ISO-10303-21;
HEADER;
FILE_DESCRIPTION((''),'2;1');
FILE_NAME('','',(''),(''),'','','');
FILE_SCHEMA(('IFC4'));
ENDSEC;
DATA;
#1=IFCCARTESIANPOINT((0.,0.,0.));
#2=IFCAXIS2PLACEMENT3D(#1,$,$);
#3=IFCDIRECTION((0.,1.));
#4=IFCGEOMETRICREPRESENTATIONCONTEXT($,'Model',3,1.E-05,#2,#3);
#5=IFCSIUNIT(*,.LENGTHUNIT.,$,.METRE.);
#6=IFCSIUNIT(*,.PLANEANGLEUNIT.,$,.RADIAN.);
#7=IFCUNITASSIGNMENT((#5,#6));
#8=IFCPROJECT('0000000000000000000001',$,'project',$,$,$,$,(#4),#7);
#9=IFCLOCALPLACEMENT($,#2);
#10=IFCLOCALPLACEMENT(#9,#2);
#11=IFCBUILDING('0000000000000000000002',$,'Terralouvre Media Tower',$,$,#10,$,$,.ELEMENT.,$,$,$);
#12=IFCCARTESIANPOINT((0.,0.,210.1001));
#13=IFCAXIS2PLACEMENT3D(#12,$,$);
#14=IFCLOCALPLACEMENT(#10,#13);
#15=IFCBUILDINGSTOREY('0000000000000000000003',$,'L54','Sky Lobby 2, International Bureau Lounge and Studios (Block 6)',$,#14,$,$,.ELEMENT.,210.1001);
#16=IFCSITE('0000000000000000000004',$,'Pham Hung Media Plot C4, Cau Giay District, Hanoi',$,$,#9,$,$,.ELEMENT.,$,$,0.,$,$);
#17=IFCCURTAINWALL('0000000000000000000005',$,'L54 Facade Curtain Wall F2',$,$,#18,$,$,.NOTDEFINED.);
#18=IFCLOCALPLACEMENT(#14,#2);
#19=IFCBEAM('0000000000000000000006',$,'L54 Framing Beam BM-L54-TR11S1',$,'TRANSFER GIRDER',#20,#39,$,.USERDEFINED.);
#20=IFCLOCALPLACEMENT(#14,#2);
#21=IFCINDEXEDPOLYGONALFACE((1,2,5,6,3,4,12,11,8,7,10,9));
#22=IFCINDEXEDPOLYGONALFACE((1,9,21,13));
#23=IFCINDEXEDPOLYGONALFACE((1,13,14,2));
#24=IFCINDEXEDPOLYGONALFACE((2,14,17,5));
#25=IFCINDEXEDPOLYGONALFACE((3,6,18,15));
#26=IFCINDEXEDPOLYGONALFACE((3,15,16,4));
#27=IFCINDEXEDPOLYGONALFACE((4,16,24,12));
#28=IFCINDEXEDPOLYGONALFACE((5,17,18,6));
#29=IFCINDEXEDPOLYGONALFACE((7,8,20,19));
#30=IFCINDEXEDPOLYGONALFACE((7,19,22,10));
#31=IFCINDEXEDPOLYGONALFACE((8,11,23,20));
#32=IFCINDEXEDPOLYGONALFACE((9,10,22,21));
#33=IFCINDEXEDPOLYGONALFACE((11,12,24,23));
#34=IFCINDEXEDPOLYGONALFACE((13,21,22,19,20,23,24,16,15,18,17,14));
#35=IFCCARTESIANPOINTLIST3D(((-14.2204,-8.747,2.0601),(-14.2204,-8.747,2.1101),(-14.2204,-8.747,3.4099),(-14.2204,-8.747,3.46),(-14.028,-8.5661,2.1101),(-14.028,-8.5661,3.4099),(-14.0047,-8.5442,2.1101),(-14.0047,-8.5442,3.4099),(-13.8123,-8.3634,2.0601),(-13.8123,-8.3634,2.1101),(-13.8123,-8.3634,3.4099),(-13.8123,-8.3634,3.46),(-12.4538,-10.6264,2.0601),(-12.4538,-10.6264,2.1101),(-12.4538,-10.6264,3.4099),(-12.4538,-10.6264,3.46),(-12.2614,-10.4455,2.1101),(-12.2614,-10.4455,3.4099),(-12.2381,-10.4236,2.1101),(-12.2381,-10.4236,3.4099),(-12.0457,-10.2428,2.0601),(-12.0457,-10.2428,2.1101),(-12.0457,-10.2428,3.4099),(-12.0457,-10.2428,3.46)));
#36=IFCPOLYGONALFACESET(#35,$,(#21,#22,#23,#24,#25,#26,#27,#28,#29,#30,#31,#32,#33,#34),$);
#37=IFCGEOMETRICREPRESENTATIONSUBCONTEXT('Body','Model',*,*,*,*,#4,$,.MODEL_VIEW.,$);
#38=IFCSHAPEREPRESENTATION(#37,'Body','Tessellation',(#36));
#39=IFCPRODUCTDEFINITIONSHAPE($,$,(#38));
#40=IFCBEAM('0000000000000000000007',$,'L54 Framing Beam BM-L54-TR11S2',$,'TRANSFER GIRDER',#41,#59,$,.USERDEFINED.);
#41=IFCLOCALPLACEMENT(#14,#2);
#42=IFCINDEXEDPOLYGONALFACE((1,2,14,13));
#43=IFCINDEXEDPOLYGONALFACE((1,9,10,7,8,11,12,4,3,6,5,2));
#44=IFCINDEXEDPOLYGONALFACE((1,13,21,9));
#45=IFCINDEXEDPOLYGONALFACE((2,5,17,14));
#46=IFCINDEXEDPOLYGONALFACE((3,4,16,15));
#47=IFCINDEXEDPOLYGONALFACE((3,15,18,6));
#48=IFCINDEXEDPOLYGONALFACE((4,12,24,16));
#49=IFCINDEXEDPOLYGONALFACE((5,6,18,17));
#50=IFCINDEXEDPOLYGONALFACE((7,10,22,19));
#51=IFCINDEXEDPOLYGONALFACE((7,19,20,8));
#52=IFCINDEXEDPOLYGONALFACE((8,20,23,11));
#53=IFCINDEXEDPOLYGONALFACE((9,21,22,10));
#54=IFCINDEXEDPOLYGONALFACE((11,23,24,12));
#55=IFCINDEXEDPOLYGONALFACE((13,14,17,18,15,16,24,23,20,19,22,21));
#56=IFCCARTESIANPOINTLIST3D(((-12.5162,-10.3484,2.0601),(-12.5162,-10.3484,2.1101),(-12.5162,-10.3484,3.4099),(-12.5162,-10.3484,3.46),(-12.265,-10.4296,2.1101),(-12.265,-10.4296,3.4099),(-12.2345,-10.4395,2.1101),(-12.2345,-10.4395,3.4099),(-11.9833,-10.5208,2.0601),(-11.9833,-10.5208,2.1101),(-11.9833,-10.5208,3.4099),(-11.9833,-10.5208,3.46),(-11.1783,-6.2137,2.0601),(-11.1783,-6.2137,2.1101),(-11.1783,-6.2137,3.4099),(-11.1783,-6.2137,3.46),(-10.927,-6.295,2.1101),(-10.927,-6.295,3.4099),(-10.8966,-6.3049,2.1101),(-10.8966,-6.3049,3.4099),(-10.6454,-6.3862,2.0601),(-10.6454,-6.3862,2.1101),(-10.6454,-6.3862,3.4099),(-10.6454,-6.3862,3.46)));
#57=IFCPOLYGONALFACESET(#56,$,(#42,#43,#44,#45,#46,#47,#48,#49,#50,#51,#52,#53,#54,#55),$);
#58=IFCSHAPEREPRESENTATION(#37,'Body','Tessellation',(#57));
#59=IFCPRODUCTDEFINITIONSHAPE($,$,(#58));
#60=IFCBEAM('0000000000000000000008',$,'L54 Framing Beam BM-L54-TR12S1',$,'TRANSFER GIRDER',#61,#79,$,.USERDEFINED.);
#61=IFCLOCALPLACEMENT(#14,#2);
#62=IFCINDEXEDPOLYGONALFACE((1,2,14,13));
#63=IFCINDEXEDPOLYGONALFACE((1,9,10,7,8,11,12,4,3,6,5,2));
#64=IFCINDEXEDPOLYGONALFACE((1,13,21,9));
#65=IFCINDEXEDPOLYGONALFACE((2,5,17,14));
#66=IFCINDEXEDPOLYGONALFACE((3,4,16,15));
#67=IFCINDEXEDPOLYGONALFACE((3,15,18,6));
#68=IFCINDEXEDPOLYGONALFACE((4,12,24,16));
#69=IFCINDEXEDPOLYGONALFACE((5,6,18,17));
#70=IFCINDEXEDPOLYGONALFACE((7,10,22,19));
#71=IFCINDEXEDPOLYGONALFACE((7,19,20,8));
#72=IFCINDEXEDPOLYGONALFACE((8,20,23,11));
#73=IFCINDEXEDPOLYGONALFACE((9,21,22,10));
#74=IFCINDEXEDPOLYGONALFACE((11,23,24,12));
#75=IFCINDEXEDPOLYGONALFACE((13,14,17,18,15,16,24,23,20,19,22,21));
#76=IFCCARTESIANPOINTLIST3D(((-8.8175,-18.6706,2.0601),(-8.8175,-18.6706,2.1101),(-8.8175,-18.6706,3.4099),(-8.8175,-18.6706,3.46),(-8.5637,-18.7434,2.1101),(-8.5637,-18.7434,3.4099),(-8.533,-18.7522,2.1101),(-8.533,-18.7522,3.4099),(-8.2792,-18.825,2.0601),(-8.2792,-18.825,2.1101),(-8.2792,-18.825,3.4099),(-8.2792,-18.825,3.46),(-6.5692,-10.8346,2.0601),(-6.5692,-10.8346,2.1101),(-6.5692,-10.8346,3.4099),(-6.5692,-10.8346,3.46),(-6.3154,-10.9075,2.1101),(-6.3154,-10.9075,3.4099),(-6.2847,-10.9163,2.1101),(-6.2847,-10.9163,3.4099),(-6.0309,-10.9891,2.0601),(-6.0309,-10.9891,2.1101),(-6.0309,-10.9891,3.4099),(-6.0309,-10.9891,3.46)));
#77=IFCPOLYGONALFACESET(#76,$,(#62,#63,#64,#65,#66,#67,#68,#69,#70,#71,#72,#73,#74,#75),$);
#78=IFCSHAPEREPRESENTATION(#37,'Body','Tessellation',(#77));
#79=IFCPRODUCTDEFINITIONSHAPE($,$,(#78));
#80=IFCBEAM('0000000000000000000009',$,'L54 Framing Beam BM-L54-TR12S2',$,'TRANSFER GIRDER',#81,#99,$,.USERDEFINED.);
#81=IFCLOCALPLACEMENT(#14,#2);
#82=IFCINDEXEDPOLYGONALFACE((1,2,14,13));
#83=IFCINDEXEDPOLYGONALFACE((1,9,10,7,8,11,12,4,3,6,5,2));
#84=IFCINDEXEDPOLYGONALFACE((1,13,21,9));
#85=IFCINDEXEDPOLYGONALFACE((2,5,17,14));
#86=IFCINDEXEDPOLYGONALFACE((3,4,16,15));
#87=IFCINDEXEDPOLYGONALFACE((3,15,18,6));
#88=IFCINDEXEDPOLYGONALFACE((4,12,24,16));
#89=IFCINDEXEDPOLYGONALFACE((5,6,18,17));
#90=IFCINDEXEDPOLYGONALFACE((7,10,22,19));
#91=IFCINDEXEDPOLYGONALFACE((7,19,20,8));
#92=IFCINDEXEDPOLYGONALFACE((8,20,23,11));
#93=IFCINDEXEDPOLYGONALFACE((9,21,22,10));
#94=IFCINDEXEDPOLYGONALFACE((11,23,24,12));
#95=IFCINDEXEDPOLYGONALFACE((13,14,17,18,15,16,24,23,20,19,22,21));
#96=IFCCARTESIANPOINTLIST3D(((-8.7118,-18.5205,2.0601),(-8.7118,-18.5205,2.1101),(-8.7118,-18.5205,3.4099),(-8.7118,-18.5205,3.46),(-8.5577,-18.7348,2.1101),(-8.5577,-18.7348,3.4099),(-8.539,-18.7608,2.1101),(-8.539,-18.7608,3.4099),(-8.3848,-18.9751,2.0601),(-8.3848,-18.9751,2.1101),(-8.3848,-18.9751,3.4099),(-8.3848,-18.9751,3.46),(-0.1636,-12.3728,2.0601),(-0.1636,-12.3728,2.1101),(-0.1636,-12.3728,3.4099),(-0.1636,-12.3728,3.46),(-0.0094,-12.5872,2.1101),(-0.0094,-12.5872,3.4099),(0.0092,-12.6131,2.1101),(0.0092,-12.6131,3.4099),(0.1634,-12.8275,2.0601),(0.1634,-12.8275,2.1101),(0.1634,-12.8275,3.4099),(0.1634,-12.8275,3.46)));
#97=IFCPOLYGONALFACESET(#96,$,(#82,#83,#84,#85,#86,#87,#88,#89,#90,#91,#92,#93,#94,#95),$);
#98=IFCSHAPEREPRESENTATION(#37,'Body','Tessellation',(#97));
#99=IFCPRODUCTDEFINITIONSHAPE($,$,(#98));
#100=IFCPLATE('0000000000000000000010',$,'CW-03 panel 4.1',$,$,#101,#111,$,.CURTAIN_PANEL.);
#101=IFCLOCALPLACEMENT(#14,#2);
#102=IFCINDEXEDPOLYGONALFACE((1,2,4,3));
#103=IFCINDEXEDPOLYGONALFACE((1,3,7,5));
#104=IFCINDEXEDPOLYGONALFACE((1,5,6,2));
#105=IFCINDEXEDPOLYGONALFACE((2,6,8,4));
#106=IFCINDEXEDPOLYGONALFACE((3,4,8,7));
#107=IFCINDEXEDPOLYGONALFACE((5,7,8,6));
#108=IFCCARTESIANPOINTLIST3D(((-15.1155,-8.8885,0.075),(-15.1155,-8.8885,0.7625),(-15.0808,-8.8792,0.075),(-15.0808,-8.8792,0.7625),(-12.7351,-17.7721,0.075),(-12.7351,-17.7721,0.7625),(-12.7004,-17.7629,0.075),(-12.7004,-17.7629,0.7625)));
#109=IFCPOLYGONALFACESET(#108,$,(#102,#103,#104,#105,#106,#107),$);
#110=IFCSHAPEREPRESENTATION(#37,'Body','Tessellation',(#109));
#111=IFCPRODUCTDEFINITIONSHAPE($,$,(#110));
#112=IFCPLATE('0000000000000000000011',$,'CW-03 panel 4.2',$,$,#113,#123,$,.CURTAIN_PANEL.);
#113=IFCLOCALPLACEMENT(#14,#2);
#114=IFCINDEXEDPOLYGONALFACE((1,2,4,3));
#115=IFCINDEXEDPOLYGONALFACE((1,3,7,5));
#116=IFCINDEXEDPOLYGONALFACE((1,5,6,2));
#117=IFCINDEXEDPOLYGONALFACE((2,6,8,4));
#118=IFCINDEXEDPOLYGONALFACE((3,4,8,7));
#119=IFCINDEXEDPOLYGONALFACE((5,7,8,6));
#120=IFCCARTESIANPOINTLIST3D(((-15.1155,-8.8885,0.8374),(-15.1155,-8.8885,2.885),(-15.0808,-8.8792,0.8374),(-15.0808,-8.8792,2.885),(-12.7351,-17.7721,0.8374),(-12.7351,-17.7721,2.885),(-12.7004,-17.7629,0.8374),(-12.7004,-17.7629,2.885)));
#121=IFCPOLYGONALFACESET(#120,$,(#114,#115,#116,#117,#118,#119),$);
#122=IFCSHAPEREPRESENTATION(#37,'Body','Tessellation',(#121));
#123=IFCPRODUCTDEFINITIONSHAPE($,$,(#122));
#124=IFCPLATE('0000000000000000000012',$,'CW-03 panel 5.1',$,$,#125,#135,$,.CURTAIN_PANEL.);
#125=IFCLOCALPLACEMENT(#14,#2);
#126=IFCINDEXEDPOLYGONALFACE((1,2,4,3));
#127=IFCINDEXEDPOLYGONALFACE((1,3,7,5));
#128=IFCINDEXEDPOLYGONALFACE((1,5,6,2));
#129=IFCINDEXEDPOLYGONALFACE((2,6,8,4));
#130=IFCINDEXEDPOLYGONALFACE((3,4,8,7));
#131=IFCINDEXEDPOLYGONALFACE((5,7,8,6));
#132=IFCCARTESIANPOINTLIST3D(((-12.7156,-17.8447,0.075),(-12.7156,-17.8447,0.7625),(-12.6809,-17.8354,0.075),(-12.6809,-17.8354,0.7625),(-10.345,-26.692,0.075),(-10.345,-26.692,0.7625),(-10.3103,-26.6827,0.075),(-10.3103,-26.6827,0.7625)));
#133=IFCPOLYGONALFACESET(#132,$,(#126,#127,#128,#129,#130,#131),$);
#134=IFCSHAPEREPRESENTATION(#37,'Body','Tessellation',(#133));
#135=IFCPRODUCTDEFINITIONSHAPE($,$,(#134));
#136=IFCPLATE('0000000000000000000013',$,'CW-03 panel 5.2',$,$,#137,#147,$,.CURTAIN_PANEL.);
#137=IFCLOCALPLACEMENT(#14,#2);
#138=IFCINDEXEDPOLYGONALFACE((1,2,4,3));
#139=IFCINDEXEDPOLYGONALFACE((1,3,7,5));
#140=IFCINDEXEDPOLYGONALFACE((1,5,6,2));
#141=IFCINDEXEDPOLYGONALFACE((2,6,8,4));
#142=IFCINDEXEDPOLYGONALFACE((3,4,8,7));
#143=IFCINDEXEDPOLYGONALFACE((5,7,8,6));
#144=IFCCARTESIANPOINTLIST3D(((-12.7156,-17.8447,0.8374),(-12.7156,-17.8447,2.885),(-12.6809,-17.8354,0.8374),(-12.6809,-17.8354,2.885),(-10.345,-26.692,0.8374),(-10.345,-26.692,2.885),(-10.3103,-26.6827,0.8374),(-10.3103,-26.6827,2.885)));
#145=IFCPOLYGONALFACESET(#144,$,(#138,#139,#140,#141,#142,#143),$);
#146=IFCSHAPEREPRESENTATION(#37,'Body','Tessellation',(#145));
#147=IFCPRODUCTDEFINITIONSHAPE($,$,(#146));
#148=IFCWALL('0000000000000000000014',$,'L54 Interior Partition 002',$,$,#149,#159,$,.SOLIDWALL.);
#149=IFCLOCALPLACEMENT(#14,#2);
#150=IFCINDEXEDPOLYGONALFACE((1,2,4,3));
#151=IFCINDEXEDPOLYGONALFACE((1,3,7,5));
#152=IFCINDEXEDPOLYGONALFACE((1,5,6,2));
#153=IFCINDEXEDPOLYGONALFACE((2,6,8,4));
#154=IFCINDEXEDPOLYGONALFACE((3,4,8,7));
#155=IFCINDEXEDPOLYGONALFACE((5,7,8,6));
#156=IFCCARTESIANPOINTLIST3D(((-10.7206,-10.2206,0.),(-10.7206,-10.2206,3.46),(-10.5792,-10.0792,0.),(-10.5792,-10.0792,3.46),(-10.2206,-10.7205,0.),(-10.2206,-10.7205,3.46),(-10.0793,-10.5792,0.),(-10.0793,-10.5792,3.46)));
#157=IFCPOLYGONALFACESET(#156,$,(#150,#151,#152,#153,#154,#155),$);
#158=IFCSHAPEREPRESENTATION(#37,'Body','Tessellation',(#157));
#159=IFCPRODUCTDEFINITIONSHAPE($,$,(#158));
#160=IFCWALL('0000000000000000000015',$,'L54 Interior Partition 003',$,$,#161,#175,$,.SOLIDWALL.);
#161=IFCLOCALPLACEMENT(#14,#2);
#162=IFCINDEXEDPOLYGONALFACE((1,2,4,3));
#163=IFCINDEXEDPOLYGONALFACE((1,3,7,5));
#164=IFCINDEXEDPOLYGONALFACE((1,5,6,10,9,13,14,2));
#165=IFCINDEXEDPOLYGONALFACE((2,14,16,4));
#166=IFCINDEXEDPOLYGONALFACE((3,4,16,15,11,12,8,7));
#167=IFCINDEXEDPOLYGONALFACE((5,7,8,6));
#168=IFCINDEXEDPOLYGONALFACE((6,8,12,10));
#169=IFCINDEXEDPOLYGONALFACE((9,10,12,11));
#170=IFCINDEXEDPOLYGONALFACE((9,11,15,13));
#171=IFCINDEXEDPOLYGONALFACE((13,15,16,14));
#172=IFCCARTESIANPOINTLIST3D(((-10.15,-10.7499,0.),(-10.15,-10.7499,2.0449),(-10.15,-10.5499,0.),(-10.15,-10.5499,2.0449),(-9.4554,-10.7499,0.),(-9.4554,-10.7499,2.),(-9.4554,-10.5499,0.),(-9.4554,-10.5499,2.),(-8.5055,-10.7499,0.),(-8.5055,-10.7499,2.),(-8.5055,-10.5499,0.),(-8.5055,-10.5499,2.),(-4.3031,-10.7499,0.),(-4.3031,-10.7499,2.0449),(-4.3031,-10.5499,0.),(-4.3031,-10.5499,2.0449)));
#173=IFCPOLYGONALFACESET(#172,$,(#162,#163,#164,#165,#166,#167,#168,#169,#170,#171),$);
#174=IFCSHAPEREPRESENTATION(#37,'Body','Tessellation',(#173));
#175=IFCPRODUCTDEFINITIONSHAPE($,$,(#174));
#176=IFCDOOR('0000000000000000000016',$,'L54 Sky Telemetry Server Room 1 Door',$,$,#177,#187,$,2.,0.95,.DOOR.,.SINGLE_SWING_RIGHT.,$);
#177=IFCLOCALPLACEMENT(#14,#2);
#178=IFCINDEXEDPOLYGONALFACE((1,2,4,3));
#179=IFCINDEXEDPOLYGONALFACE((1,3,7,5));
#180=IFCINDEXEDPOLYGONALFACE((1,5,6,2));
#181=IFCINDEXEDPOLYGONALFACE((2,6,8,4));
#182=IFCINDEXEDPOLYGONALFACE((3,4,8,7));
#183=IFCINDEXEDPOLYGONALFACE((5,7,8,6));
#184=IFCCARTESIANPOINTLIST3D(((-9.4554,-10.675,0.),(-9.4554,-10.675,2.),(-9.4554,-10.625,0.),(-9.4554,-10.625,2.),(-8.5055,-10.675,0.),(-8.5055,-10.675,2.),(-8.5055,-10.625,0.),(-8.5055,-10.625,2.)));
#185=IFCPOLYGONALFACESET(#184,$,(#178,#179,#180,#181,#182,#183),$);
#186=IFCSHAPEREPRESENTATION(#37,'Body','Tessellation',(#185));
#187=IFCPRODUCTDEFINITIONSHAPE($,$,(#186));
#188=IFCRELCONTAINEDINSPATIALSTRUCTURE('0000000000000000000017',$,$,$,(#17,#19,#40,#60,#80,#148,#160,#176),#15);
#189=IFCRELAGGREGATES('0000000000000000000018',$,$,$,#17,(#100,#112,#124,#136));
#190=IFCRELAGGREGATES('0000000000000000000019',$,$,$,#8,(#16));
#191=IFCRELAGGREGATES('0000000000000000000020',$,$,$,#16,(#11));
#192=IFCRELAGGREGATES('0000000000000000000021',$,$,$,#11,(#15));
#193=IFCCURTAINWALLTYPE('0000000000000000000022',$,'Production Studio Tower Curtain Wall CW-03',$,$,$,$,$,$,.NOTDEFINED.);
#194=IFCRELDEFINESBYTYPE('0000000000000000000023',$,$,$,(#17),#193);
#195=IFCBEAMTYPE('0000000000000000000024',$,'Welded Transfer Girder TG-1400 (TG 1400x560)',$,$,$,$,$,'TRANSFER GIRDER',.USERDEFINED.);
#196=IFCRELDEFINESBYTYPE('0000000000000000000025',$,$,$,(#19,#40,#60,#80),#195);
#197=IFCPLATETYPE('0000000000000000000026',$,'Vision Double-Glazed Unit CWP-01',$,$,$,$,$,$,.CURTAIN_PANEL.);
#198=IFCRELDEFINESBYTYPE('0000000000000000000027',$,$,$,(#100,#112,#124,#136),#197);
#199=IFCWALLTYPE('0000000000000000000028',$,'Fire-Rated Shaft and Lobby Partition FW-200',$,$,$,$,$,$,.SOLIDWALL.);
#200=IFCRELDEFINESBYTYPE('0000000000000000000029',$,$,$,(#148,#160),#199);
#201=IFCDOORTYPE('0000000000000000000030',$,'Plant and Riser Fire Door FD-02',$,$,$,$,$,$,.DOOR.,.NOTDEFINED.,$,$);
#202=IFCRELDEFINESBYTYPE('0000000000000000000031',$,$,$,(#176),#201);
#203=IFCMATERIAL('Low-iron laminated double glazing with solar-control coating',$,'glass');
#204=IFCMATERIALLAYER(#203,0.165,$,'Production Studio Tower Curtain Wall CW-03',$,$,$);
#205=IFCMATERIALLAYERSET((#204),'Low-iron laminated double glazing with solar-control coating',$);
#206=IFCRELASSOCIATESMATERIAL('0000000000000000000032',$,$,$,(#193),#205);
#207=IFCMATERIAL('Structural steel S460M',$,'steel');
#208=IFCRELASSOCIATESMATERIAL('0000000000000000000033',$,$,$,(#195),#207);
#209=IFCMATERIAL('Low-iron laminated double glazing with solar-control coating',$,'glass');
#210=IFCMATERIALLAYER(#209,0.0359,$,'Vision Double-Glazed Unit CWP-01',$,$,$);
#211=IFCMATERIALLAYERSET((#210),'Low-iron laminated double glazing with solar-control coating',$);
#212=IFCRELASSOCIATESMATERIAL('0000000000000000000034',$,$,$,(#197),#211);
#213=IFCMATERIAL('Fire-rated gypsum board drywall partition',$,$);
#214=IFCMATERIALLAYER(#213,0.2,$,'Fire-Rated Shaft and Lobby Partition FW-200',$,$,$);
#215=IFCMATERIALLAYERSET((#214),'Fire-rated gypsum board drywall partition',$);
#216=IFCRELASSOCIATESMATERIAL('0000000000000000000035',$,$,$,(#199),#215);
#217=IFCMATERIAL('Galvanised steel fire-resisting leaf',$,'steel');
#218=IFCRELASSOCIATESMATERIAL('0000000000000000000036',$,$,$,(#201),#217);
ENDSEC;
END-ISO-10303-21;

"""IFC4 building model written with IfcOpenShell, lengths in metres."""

from ifc_helpers import new_model, si_unit, direction, frame, frame_2d, origin, origin_2d, place, context, subcontext, project, spatial, rectangle, i_section, extrude, material, layer, layer_set, material_profile, profile_set, type_object, element, fill, aggregate, save


model = new_model("IFC4")

# Units and contexts
model_context = context("Model", 3, precision=1e-05, world=origin(), true_north=direction((0.0, 1.0)))
body_context = subcontext(model_context, "Body", "Model", "MODEL_VIEW")
ifc_project = project(units=[si_unit("LENGTHUNIT", "METRE"), si_unit("PLANEANGLEUNIT", "RADIAN")], contexts=[model_context])

# Site, building, storey
site_placement = place(None, origin())
site = spatial("IfcSite", under=ifc_project, at=site_placement, Name="Pham Hung Media Plot C4, Cau Giay District, Hanoi", CompositionType="ELEMENT", RefElevation=0.0)
building_placement = place(site_placement, origin())
building = spatial("IfcBuilding", under=site, at=building_placement, Name="Terralouvre Media Tower", CompositionType="ELEMENT")
storey_placement = place(building_placement, frame((0.0, 0.0, 210.1001)))
storey = spatial("IfcBuildingStorey", under=building, at=storey_placement, Name="L54", Description="Sky Lobby 2, International Bureau Lounge and Studios (Block 6)", CompositionType="ELEMENT", Elevation=210.1001)

# Curtain wall
ifc_material_1 = material(Name="Low-iron laminated double glazing with solar-control coating", Category="glass")
ifc_layer_1 = layer(ifc_material_1, 0.165, Name="Production Studio Tower Curtain Wall CW-03")
ifc_layer_set_1 = layer_set([ifc_layer_1], Name="Low-iron laminated double glazing with solar-control coating")
curtain_wall_type = type_object("IfcCurtainWallType", Name="Production Studio Tower Curtain Wall CW-03", PredefinedType="NOTDEFINED", material=ifc_layer_set_1)
curtain_wall_placement = place(storey_placement, origin())
curtain_wall = element("IfcCurtainWall", 1, at=curtain_wall_placement, inside=storey, type_object=curtain_wall_type, Name="L54 Facade Curtain Wall F2", PredefinedType="NOTDEFINED")

# Beams
ifc_material_2 = material(Name="Structural steel S460M", Category="steel")
ifc_material_profile_1 = material_profile(ifc_material_2, i_section(OverallWidth=0.5601, OverallDepth=1.3999, WebThickness=0.032, FlangeThickness=0.05, at=origin_2d()), Name="TG 1400x560")
ifc_profile_set_1 = profile_set([ifc_material_profile_1], Name="Structural steel S460M")
beam_type_1 = type_object("IfcBeamType", Name="Welded Transfer Girder TG-1400 (TG 1400x560)", ElementType="TRANSFER GIRDER", PredefinedType="USERDEFINED", material=ifc_profile_set_1)
beam_1_placement = place(storey_placement, frame((-12.2498, -10.4346, 2.76), z_axis=(-0.684904, 0.728633, 0.0), x_axis=(-0.728633, -0.684904, 0.0)))
element("IfcBeam", 2, at=beam_1_placement, inside=storey, type_object=beam_type_1, Name="L54 Framing Beam BM-L54-TR11S1", ObjectType="TRANSFER GIRDER", PredefinedType="USERDEFINED", context=body_context, shape_type="SweptSolid", body=[
    extrude(i_section(OverallWidth=0.5601, OverallDepth=1.3999, WebThickness=0.032, FlangeThickness=0.05, at=origin_2d()), origin(), (0.0, 0.0, 1.0), 2.5793),
])
beam_2_placement = place(storey_placement, frame((-12.2498, -10.4346, 2.76), z_axis=(0.307873, 0.951428, 0.0), x_axis=(-0.951428, 0.307873, 0.0)))
element("IfcBeam", 3, at=beam_2_placement, inside=storey, type_object=beam_type_1, Name="L54 Framing Beam BM-L54-TR11S2", ObjectType="TRANSFER GIRDER", PredefinedType="USERDEFINED", context=body_context, shape_type="SweptSolid", body=[
    extrude(i_section(OverallWidth=0.5601, OverallDepth=1.3999, WebThickness=0.032, FlangeThickness=0.05, at=origin_2d()), origin(), (0.0, 0.0, 1.0), 4.3457),
])
beam_3_placement = place(storey_placement, frame((-8.5483, -18.7478, 2.76), z_axis=(0.275793, 0.961217, 0.0), x_axis=(-0.961217, 0.275793, 0.0)))
element("IfcBeam", 4, at=beam_3_placement, inside=storey, type_object=beam_type_1, Name="L54 Framing Beam BM-L54-TR12S1", ObjectType="TRANSFER GIRDER", PredefinedType="USERDEFINED", context=body_context, shape_type="SweptSolid", body=[
    extrude(i_section(OverallWidth=0.5601, OverallDepth=1.3999, WebThickness=0.032, FlangeThickness=0.05, at=origin_2d()), origin(), (0.0, 0.0, 1.0), 8.1521),
])
beam_4_placement = place(storey_placement, frame((-8.5483, -18.7478, 2.76), z_axis=(0.811854, 0.583861, 0.0), x_axis=(-0.583861, 0.811854, 0.0)))
element("IfcBeam", 5, at=beam_4_placement, inside=storey, type_object=beam_type_1, Name="L54 Framing Beam BM-L54-TR12S2", ObjectType="TRANSFER GIRDER", PredefinedType="USERDEFINED", context=body_context, shape_type="SweptSolid", body=[
    extrude(i_section(OverallWidth=0.5601, OverallDepth=1.3999, WebThickness=0.032, FlangeThickness=0.05, at=origin_2d()), origin(), (0.0, 0.0, 1.0), 10.5293),
])

# Plates
ifc_material_3 = material(Name="Low-iron laminated double glazing with solar-control coating", Category="glass")
ifc_layer_2 = layer(ifc_material_3, 0.0359, Name="Vision Double-Glazed Unit CWP-01")
ifc_layer_set_2 = layer_set([ifc_layer_2], Name="Low-iron laminated double glazing with solar-control coating")
plate_type = type_object("IfcPlateType", Name="Vision Double-Glazed Unit CWP-01", PredefinedType="CURTAIN_PANEL", material=ifc_layer_set_2)
plate_1_placement = place(storey_placement, frame((-13.908, -13.3257, 0.075), z_axis=(0.0, 0.0, 1.0), x_axis=(0.258819, -0.965926, 0.0)))
plate_1 = element("IfcPlate", 6, at=plate_1_placement, type_object=plate_type, Name="CW-03 panel 4.1", PredefinedType="CURTAIN_PANEL", context=body_context, shape_type="SweptSolid", body=[
    extrude(rectangle(XDim=9.197, YDim=0.0359, at=origin_2d()), origin(), (0.0, 0.0, 1.0), 0.6875),
])
plate_2_placement = place(storey_placement, frame((-13.908, -13.3257, 0.8374), z_axis=(0.0, 0.0, 1.0), x_axis=(0.258819, -0.965926, 0.0)))
plate_2 = element("IfcPlate", 7, at=plate_2_placement, type_object=plate_type, Name="CW-03 panel 4.2", PredefinedType="CURTAIN_PANEL", context=body_context, shape_type="SweptSolid", body=[
    extrude(rectangle(XDim=9.197, YDim=0.0359, at=origin_2d()), origin(), (0.0, 0.0, 1.0), 2.0476),
])
plate_3_placement = place(storey_placement, frame((-11.5129, -22.2637, 0.075), z_axis=(0.0, 0.0, 1.0), x_axis=(0.258819, -0.965926, 0.0)))
plate_3 = element("IfcPlate", 8, at=plate_3_placement, type_object=plate_type, Name="CW-03 panel 5.1", PredefinedType="CURTAIN_PANEL", context=body_context, shape_type="SweptSolid", body=[
    extrude(rectangle(XDim=9.1594, YDim=0.0359, at=origin_2d()), origin(), (0.0, 0.0, 1.0), 0.6875),
])
plate_4_placement = place(storey_placement, frame((-11.5129, -22.2637, 0.8374), z_axis=(0.0, 0.0, 1.0), x_axis=(0.258819, -0.965926, 0.0)))
plate_4 = element("IfcPlate", 9, at=plate_4_placement, type_object=plate_type, Name="CW-03 panel 5.2", PredefinedType="CURTAIN_PANEL", context=body_context, shape_type="SweptSolid", body=[
    extrude(rectangle(XDim=9.1594, YDim=0.0359, at=origin_2d()), origin(), (0.0, 0.0, 1.0), 2.0476),
])
aggregate(curtain_wall, [plate_1, plate_2, plate_3, plate_4])

# Wall
ifc_material_4 = material(Name="Fire-rated gypsum board drywall partition")
ifc_layer_3 = layer(ifc_material_4, 0.2, Name="Fire-Rated Shaft and Lobby Partition FW-200")
ifc_layer_set_3 = layer_set([ifc_layer_3], Name="Fire-rated gypsum board drywall partition")
wall_type_1 = type_object("IfcWallType", Name="Fire-Rated Shaft and Lobby Partition FW-200", PredefinedType="SOLIDWALL", material=ifc_layer_set_3)
wall_1_placement = place(storey_placement, frame((-10.6499, -10.1499, 0.0), z_axis=(0.0, 0.0, 1.0), x_axis=(0.707107, -0.707107, 0.0)))
element("IfcWall", 10, at=wall_1_placement, inside=storey, type_object=wall_type_1, Name="L54 Interior Partition 002", PredefinedType="SOLIDWALL", context=body_context, shape_type="SweptSolid", body=[
    extrude(rectangle(XDim=0.707, YDim=0.2, at=frame_2d((0.3535, 0.0))), origin(), (0.0, 0.0, 1.0), 3.46),
])

# Wall, opening, door
wall_2_placement = place(storey_placement, frame((-10.1499, -10.6499, 0.0), z_axis=(0.0, 0.0, 1.0), x_axis=(1.0, 0.0, 0.0)))
wall_2 = element("IfcWall", 11, at=wall_2_placement, inside=storey, type_object=wall_type_1, Name="L54 Interior Partition 003", PredefinedType="SOLIDWALL", context=body_context, shape_type="SweptSolid", body=[
    extrude(rectangle(XDim=5.8469, YDim=0.2, at=frame_2d((2.9233, 0.0))), origin(), (0.0, 0.0, 1.0), 2.0449),
])
opening_1_placement = place(wall_2_placement, frame((0.6943, 0.0, 0.0)))
opening_1 = element("IfcOpeningElement", 12, at=opening_1_placement, cuts=wall_2, PredefinedType="OPENING", context=body_context, shape_type="SweptSolid", body=[
    extrude(rectangle(XDim=0.95, YDim=2.0, at=frame_2d((0.4751, 1.0))), frame((0.0, 0.1099, 0.0), z_axis=(0.0, -1.0, 0.0), x_axis=(1.0, 0.0, 0.0)), (0.0, 0.0, 1.0), 0.22),
])
ifc_material_5 = material(Name="Galvanised steel fire-resisting leaf", Category="steel")
door_type_1 = type_object("IfcDoorType", Name="Plant and Riser Fire Door FD-02", OperationType="NOTDEFINED", PredefinedType="DOOR", material=ifc_material_5)
door_1_placement = place(opening_1_placement, origin())
door_1 = element("IfcDoor", 13, at=door_1_placement, inside=storey, type_object=door_type_1, Name="L54 Sky Telemetry Server Room 1 Door", OperationType="SINGLE_SWING_RIGHT", OverallHeight=2.0, OverallWidth=0.95, PredefinedType="DOOR", context=body_context, shape_type="SweptSolid", body=[
    extrude(rectangle(XDim=0.95, YDim=2.0, at=frame_2d((0.4751, 1.0))), frame((0.0, 0.0249, 0.0), z_axis=(0.0, -1.0, 0.0), x_axis=(1.0, 0.0, 0.0)), (0.0, 0.0, 1.0), 0.05),
])
fill(opening_1, door_1)

save(model, "model.ifc")
